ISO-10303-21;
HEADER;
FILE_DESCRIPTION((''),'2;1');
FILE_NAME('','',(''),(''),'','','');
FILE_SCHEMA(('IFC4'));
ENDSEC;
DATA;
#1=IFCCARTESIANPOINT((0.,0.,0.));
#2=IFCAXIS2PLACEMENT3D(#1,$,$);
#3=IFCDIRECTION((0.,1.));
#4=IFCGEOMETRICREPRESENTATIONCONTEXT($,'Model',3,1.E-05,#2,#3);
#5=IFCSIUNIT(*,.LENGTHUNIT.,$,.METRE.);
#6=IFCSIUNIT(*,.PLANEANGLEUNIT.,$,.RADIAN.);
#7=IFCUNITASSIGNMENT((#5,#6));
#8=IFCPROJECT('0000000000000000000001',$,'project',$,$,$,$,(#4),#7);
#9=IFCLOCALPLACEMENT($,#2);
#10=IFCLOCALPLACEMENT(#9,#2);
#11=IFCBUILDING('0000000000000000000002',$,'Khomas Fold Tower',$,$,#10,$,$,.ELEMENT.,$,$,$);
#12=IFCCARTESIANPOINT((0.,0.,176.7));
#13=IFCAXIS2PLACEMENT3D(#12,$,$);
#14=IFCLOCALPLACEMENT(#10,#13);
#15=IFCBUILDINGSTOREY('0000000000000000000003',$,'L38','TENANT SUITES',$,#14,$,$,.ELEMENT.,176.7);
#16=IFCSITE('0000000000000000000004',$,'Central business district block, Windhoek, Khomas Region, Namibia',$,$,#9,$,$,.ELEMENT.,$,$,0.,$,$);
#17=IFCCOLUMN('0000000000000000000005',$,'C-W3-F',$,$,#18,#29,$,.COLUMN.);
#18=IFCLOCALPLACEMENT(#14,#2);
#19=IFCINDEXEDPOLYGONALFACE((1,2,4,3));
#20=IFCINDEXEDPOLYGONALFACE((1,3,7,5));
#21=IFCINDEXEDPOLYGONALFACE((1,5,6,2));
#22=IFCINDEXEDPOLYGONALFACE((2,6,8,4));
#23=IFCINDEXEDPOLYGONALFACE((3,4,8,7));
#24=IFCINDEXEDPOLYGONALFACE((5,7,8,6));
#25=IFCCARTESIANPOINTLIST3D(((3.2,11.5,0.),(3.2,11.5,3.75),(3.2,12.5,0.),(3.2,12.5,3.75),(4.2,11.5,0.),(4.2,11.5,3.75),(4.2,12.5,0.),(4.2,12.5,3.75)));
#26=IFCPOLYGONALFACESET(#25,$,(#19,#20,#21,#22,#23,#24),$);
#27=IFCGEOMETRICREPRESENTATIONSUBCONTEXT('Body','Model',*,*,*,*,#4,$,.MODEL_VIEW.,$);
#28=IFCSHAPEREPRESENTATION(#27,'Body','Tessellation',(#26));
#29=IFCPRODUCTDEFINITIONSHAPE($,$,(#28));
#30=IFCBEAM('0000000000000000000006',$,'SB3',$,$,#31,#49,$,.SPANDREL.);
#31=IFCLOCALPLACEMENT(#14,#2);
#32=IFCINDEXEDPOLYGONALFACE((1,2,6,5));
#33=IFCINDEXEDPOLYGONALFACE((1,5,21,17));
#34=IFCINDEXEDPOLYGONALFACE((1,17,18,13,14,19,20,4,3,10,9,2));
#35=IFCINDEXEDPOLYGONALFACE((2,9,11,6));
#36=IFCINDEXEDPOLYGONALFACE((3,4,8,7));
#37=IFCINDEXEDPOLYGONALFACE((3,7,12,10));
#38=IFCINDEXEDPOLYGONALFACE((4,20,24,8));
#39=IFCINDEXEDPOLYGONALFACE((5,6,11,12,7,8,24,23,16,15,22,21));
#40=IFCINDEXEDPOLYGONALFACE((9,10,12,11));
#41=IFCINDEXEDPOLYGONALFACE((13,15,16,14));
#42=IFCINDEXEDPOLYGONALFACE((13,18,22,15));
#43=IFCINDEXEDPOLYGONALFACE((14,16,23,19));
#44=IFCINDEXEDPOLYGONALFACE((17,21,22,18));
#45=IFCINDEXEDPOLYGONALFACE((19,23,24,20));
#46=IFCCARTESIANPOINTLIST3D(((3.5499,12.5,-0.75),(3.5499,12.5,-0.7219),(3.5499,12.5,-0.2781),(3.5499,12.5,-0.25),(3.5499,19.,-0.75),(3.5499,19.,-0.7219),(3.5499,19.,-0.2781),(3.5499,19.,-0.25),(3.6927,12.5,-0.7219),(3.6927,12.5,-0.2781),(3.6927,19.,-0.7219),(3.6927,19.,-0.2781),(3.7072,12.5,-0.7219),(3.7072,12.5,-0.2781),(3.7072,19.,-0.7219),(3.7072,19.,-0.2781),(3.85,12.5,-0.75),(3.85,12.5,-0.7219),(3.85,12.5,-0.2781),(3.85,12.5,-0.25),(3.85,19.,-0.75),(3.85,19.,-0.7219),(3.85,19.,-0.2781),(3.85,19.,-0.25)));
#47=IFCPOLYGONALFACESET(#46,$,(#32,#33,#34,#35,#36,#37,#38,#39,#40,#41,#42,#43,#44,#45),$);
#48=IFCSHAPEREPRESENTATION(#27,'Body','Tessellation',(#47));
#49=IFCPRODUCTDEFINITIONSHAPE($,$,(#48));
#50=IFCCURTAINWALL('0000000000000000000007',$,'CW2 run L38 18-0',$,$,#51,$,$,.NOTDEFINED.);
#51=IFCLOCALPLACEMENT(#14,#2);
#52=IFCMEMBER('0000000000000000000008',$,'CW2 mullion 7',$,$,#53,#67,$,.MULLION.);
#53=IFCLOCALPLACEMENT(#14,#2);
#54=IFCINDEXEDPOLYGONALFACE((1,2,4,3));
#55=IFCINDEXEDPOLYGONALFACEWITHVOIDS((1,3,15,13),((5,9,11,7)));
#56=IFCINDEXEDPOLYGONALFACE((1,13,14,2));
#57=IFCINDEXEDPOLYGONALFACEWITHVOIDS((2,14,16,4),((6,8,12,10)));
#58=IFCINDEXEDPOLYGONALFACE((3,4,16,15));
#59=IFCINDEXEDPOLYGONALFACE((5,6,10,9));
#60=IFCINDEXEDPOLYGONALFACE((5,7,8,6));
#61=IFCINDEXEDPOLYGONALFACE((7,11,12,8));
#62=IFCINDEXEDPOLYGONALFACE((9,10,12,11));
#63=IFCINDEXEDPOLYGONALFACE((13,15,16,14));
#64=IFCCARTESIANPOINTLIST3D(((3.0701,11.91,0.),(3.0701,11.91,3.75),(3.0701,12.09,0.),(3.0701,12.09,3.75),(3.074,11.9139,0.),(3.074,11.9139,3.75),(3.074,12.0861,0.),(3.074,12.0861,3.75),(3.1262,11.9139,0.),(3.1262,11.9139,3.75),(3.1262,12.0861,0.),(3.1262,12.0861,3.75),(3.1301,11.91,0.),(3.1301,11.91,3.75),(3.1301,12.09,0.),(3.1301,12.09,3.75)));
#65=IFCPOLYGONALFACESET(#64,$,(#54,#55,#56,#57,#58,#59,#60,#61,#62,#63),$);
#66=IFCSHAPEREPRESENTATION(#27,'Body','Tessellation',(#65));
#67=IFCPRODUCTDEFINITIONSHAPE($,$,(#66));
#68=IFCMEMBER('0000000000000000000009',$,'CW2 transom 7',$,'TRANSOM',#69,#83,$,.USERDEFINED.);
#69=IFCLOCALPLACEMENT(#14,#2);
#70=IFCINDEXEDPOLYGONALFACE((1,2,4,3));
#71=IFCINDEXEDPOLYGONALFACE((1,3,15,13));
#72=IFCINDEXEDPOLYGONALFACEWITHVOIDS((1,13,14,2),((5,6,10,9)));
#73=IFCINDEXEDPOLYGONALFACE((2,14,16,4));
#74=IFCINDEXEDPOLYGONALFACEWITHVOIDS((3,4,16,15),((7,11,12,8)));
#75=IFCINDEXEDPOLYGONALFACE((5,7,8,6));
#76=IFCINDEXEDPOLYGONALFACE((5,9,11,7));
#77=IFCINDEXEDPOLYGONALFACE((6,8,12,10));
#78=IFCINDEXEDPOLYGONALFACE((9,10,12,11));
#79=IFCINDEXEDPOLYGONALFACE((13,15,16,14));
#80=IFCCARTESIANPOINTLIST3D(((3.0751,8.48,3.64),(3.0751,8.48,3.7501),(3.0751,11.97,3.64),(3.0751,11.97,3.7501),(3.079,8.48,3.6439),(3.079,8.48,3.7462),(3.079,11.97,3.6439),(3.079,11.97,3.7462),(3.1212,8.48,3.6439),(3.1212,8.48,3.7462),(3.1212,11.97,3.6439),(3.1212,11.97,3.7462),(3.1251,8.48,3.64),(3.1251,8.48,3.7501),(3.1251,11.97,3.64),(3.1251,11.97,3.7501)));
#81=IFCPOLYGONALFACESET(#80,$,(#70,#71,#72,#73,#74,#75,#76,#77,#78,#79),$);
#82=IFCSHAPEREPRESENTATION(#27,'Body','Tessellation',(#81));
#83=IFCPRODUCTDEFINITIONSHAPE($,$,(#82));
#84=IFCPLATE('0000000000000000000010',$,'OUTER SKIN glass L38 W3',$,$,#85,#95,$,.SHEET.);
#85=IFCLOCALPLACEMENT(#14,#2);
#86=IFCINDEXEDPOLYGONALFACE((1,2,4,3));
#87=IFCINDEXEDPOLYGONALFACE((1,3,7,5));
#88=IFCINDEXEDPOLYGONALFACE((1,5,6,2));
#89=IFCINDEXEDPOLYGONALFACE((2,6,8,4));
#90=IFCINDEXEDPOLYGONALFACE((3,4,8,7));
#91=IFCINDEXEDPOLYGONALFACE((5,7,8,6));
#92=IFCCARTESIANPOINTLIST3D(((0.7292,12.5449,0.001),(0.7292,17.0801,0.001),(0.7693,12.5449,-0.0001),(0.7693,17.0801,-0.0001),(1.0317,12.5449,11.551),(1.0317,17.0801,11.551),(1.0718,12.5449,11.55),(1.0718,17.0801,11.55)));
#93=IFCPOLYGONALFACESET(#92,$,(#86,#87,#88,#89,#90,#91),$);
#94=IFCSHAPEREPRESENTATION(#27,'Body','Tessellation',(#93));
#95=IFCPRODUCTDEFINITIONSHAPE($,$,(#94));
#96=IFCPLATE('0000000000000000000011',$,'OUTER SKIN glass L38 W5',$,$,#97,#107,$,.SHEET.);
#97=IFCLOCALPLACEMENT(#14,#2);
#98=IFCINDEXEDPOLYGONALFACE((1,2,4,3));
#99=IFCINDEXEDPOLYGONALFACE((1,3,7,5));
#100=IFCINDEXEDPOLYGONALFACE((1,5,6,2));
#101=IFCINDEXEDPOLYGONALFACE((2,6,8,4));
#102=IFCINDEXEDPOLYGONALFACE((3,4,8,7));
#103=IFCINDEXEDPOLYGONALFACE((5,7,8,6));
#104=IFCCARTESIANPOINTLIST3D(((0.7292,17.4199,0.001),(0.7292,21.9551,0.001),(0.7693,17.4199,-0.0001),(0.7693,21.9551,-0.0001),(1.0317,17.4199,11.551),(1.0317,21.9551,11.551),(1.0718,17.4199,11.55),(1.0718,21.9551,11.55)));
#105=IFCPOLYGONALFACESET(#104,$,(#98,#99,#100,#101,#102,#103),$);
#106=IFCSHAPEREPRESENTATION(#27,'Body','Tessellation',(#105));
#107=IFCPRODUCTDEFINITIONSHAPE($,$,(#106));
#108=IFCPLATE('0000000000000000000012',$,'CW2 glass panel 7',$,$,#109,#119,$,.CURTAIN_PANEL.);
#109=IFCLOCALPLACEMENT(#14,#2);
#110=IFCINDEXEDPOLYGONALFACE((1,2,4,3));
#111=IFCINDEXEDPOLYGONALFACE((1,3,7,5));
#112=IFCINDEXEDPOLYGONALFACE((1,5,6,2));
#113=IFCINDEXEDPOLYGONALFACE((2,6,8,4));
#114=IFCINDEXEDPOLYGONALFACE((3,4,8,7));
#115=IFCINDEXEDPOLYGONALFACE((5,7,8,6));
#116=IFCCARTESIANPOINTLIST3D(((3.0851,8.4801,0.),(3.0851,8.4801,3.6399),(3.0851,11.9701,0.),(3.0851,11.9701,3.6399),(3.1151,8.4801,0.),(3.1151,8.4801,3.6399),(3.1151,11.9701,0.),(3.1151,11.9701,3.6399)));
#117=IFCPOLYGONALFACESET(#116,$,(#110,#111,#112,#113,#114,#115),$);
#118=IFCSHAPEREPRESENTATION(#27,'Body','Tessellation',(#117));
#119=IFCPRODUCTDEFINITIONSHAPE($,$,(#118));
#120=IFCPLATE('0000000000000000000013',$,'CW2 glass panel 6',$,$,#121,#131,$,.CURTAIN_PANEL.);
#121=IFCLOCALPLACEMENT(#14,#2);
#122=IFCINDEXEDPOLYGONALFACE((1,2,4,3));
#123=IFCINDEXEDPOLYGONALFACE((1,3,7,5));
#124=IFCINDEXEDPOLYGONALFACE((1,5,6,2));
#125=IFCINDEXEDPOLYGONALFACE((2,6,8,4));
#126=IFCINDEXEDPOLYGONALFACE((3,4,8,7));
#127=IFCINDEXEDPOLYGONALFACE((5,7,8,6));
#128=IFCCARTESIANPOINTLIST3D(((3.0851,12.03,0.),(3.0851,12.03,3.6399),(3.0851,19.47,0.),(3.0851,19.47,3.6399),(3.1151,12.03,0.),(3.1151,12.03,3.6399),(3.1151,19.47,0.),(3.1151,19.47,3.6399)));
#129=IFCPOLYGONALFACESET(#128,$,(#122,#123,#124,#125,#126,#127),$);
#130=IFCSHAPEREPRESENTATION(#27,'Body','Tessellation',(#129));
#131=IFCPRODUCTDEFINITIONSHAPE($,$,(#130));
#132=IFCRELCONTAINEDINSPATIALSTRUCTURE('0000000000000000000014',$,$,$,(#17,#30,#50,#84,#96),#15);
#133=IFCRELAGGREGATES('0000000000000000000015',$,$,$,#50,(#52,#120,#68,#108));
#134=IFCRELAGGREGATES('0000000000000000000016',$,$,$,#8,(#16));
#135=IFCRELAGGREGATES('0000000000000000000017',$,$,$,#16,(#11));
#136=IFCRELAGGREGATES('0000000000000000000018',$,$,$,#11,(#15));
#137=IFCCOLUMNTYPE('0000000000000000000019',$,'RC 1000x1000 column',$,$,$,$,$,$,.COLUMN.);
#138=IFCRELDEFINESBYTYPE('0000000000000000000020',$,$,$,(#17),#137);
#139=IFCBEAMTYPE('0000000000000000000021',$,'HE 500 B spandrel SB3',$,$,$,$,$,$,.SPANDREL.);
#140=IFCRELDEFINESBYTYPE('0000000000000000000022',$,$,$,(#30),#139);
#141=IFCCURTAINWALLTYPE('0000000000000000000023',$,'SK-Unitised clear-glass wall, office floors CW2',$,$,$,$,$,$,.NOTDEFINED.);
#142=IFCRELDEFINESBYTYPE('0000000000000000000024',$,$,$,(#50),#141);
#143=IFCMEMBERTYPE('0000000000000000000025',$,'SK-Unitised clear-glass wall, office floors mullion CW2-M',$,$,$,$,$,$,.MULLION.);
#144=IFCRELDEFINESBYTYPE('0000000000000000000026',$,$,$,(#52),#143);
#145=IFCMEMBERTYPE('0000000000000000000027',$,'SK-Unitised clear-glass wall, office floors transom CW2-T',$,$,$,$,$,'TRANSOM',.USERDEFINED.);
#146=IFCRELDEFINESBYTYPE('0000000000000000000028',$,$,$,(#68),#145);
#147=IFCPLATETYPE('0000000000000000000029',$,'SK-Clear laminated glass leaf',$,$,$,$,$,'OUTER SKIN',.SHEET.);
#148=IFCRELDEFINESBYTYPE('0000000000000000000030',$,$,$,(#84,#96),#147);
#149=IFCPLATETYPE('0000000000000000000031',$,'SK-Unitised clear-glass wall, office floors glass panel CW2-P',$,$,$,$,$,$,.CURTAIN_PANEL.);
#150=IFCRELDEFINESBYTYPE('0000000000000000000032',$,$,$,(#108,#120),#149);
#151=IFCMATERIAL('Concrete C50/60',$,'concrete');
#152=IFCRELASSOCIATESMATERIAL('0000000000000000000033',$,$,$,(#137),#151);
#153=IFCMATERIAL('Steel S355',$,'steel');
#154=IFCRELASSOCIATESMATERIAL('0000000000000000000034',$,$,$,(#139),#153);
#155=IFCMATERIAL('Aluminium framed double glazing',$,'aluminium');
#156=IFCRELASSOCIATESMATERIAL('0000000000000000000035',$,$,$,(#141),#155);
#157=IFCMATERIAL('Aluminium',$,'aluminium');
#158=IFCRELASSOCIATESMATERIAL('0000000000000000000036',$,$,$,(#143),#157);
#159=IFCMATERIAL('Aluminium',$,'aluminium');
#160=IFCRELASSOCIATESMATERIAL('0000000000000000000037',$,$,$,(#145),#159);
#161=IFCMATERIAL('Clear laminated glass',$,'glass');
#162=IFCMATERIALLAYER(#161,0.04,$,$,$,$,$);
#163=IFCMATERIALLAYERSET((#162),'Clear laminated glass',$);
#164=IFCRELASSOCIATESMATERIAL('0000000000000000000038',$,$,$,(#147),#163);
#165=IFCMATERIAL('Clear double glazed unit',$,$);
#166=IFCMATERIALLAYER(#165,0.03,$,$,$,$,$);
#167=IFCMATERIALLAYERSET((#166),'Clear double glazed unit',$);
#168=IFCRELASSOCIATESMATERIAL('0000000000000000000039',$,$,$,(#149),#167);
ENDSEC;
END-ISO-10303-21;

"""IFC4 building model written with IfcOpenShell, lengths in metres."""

from ifc_helpers import new_model, si_unit, direction, frame, origin, origin_2d, place, context, subcontext, project, spatial, polyline, rectangle, hollow_rectangle, i_section, outline, extrude, source, transform, mapped, material, layer, layer_set, material_profile, profile_set, type_object, element, aggregate, save


model = new_model("IFC4")

# Units and contexts
model_context = context("Model", 3, precision=1e-05, world=origin(), true_north=direction((0.0, 1.0)))
body_context = subcontext(model_context, "Body", "Model", "MODEL_VIEW")
ifc_project = project(units=[si_unit("LENGTHUNIT", "METRE"), si_unit("PLANEANGLEUNIT", "RADIAN")], contexts=[model_context])

# Site, building, storey
site_placement = place(None, origin())
site = spatial("IfcSite", under=ifc_project, at=site_placement, Name="Central business district block, Windhoek, Khomas Region, Namibia", CompositionType="ELEMENT", RefElevation=0.0)
building_placement = place(site_placement, origin())
building = spatial("IfcBuilding", under=site, at=building_placement, Name="Khomas Fold Tower", CompositionType="ELEMENT")
storey_placement = place(building_placement, frame((0.0, 0.0, 176.7)))
storey = spatial("IfcBuildingStorey", under=building, at=storey_placement, Name="L38", Description="TENANT SUITES", CompositionType="ELEMENT", Elevation=176.7)

# Column
ifc_material_1 = material(Name="Concrete C50/60", Category="concrete")
ifc_material_profile_1 = material_profile(ifc_material_1, rectangle(XDim=1.0, YDim=1.0, at=origin_2d()), Name="RC 1000x1000")
ifc_profile_set_1 = profile_set([ifc_material_profile_1], Name="Concrete C50/60")
column_type = type_object("IfcColumnType", Name="RC 1000x1000 column", PredefinedType="COLUMN", material=ifc_profile_set_1)
shared_shape_1 = source(origin(), body_context, "Body", "SweptSolid", [
    extrude(rectangle(XDim=1.0, YDim=1.0, at=origin_2d()), origin(), (0.0, 0.0, 1.0), 3.75),
])
column_placement = place(storey_placement, frame((3.7, 12.0, 0.0), z_axis=(0.0, 0.0, 1.0), x_axis=(1.0, 0.0, 0.0)))
element("IfcColumn", 1, at=column_placement, inside=storey, type_object=column_type, Name="C-W3-F", PredefinedType="COLUMN", context=body_context, shape_type="MappedRepresentation", body=[
    mapped(shared_shape_1, transform((0.0, 0.0, 0.0))),
])

# Beam
ifc_material_2 = material(Name="Steel S355", Category="steel")
ifc_material_profile_2 = material_profile(ifc_material_2, i_section(OverallWidth=0.3, OverallDepth=0.5, WebThickness=0.0144, FlangeThickness=0.0281, at=origin_2d()), Name="HE 500 B")
ifc_profile_set_2 = profile_set([ifc_material_profile_2], Name="Steel S355")
beam_type = type_object("IfcBeamType", Name="HE 500 B spandrel SB3", PredefinedType="SPANDREL", material=ifc_profile_set_2)
shared_shape_2 = source(origin(), body_context, "Body", "SweptSolid", [
    extrude(i_section(OverallWidth=0.3, OverallDepth=0.5, WebThickness=0.0144, FlangeThickness=0.0281, at=origin_2d()), origin(), (0.0, 0.0, 1.0), 6.5),
])
beam_placement = place(storey_placement, frame((3.7, 12.5, -0.5), z_axis=(0.0, 1.0, 0.0), x_axis=(-1.0, 0.0, 0.0)))
element("IfcBeam", 2, at=beam_placement, inside=storey, type_object=beam_type, Name="SB3", PredefinedType="SPANDREL", context=body_context, shape_type="MappedRepresentation", body=[
    mapped(shared_shape_2, transform((0.0, 0.0, 0.0))),
])

# Curtain wall, members
ifc_material_3 = material(Name="Aluminium framed double glazing", Category="aluminium")
curtain_wall_type = type_object("IfcCurtainWallType", Name="SK-Unitised clear-glass wall, office floors CW2", PredefinedType="NOTDEFINED", material=ifc_material_3)
curtain_wall_placement = place(storey_placement, origin())
curtain_wall = element("IfcCurtainWall", 3, at=curtain_wall_placement, inside=storey, type_object=curtain_wall_type, Name="CW2 run L38 18-0", PredefinedType="NOTDEFINED")
ifc_material_4 = material(Name="Aluminium", Category="aluminium")
ifc_material_profile_3 = material_profile(ifc_material_4, hollow_rectangle(XDim=0.0601, YDim=0.1799, WallThickness=0.0039, at=origin_2d()), Name="SK-Unitised clear-glass wall, office floors mullion CW2-M")
ifc_profile_set_3 = profile_set([ifc_material_profile_3], Name="Aluminium")
member_type_1 = type_object("IfcMemberType", Name="SK-Unitised clear-glass wall, office floors mullion CW2-M", PredefinedType="MULLION", material=ifc_profile_set_3)
shared_shape_3 = source(origin(), body_context, "Body", "SweptSolid", [
    extrude(hollow_rectangle(XDim=0.0601, YDim=0.1799, WallThickness=0.0039, at=origin_2d()), origin(), (0.0, 0.0, 1.0), 3.75),
])
member_1_placement = place(storey_placement, frame((3.1001, 12.0, 0.0), z_axis=(0.0, 0.0, 1.0), x_axis=(1.0, 0.0, 0.0)))
member_1 = element("IfcMember", 4, at=member_1_placement, type_object=member_type_1, Name="CW2 mullion 7", PredefinedType="MULLION", context=body_context, shape_type="MappedRepresentation", body=[
    mapped(shared_shape_3, transform((0.0, 0.0, 0.0))),
])
ifc_material_5 = material(Name="Aluminium", Category="aluminium")
ifc_material_profile_4 = material_profile(ifc_material_5, hollow_rectangle(XDim=0.05, YDim=0.1101, WallThickness=0.0039, at=origin_2d()), Name="SK-Unitised clear-glass wall, office floors transom CW2-T")
ifc_profile_set_4 = profile_set([ifc_material_profile_4], Name="Aluminium")
member_type_2 = type_object("IfcMemberType", Name="SK-Unitised clear-glass wall, office floors transom CW2-T", ElementType="TRANSOM", PredefinedType="USERDEFINED", material=ifc_profile_set_4)
shared_shape_4 = source(origin(), body_context, "Body", "SweptSolid", [
    extrude(hollow_rectangle(XDim=0.05, YDim=0.1101, WallThickness=0.0039, at=origin_2d()), origin(), (0.0, 0.0, 1.0), 3.49),
])
member_2_placement = place(storey_placement, frame((3.1001, 11.97, 3.6951), z_axis=(0.0, -1.0, 0.0), x_axis=(1.0, 0.0, 0.0)))
member_2 = element("IfcMember", 5, at=member_2_placement, type_object=member_type_2, Name="CW2 transom 7", ObjectType="TRANSOM", PredefinedType="USERDEFINED", context=body_context, shape_type="MappedRepresentation", body=[
    mapped(shared_shape_4, transform((0.0, 0.0, 0.0))),
])

# Plates
ifc_material_6 = material(Name="Clear laminated glass", Category="glass")
ifc_layer_1 = layer(ifc_material_6, 0.04)
ifc_layer_set_1 = layer_set([ifc_layer_1], Name="Clear laminated glass")
plate_type_1 = type_object("IfcPlateType", Name="SK-Clear laminated glass leaf", ElementType="OUTER SKIN", PredefinedType="SHEET", material=ifc_layer_set_1)
for number, where, z_axis, x_axis, name in (
    (6, (0.7292, 12.5449, 0.001), (-0.999657, 0.0, 0.026181), (0.0, 1.0, 0.0), "OUTER SKIN glass L38 W3"),
    (7, (0.7292, 17.4199, 0.001), (-0.999657, 0.0, 0.026181), (0.0, 1.0, 0.0), "OUTER SKIN glass L38 W5"),
):
    element("IfcPlate", number, at=place(storey_placement, frame(where, z_axis=z_axis, x_axis=x_axis)), inside=storey, type_object=plate_type_1, Name=name, PredefinedType="SHEET", context=body_context, shape_type="SweptSolid", body=[
        extrude(outline(polyline([(0.0, 0.0), (4.5352, 0.0), (4.5352, -11.554), (0.0, -11.554), (0.0, 0.0)])), origin(), (0.0, 0.0, -1.0), 0.04),
    ])

# Plates
ifc_material_7 = material(Name="Clear double glazed unit")
ifc_layer_2 = layer(ifc_material_7, 0.03)
ifc_layer_set_2 = layer_set([ifc_layer_2], Name="Clear double glazed unit")
plate_type_2 = type_object("IfcPlateType", Name="SK-Unitised clear-glass wall, office floors glass panel CW2-P", PredefinedType="CURTAIN_PANEL", material=ifc_layer_set_2)
shared_shape_5 = source(origin(), body_context, "Body", "SweptSolid", [
    extrude(rectangle(XDim=3.49, YDim=0.03, at=origin_2d()), origin(), (0.0, 0.0, 1.0), 3.6399),
])
plate_1_placement = place(storey_placement, frame((3.1001, 10.2251, 0.0), z_axis=(0.0, 0.0, 1.0), x_axis=(0.0, -1.0, 0.0)))
plate_1 = element("IfcPlate", 8, at=plate_1_placement, type_object=plate_type_2, Name="CW2 glass panel 7", PredefinedType="CURTAIN_PANEL", context=body_context, shape_type="MappedRepresentation", body=[
    mapped(shared_shape_5, transform((0.0, 0.0, 0.0))),
])
shared_shape_6 = source(origin(), body_context, "Body", "SweptSolid", [
    extrude(rectangle(XDim=7.4399, YDim=0.03, at=origin_2d()), origin(), (0.0, 0.0, 1.0), 3.6399),
])
plate_2_placement = place(storey_placement, frame((3.1001, 15.75, 0.0), z_axis=(0.0, 0.0, 1.0), x_axis=(0.0, -1.0, 0.0)))
plate_2 = element("IfcPlate", 9, at=plate_2_placement, type_object=plate_type_2, Name="CW2 glass panel 6", PredefinedType="CURTAIN_PANEL", context=body_context, shape_type="MappedRepresentation", body=[
    mapped(shared_shape_6, transform((0.0, 0.0, 0.0))),
])
aggregate(curtain_wall, [member_1, plate_2, member_2, plate_1])

save(model, "model.ifc")
